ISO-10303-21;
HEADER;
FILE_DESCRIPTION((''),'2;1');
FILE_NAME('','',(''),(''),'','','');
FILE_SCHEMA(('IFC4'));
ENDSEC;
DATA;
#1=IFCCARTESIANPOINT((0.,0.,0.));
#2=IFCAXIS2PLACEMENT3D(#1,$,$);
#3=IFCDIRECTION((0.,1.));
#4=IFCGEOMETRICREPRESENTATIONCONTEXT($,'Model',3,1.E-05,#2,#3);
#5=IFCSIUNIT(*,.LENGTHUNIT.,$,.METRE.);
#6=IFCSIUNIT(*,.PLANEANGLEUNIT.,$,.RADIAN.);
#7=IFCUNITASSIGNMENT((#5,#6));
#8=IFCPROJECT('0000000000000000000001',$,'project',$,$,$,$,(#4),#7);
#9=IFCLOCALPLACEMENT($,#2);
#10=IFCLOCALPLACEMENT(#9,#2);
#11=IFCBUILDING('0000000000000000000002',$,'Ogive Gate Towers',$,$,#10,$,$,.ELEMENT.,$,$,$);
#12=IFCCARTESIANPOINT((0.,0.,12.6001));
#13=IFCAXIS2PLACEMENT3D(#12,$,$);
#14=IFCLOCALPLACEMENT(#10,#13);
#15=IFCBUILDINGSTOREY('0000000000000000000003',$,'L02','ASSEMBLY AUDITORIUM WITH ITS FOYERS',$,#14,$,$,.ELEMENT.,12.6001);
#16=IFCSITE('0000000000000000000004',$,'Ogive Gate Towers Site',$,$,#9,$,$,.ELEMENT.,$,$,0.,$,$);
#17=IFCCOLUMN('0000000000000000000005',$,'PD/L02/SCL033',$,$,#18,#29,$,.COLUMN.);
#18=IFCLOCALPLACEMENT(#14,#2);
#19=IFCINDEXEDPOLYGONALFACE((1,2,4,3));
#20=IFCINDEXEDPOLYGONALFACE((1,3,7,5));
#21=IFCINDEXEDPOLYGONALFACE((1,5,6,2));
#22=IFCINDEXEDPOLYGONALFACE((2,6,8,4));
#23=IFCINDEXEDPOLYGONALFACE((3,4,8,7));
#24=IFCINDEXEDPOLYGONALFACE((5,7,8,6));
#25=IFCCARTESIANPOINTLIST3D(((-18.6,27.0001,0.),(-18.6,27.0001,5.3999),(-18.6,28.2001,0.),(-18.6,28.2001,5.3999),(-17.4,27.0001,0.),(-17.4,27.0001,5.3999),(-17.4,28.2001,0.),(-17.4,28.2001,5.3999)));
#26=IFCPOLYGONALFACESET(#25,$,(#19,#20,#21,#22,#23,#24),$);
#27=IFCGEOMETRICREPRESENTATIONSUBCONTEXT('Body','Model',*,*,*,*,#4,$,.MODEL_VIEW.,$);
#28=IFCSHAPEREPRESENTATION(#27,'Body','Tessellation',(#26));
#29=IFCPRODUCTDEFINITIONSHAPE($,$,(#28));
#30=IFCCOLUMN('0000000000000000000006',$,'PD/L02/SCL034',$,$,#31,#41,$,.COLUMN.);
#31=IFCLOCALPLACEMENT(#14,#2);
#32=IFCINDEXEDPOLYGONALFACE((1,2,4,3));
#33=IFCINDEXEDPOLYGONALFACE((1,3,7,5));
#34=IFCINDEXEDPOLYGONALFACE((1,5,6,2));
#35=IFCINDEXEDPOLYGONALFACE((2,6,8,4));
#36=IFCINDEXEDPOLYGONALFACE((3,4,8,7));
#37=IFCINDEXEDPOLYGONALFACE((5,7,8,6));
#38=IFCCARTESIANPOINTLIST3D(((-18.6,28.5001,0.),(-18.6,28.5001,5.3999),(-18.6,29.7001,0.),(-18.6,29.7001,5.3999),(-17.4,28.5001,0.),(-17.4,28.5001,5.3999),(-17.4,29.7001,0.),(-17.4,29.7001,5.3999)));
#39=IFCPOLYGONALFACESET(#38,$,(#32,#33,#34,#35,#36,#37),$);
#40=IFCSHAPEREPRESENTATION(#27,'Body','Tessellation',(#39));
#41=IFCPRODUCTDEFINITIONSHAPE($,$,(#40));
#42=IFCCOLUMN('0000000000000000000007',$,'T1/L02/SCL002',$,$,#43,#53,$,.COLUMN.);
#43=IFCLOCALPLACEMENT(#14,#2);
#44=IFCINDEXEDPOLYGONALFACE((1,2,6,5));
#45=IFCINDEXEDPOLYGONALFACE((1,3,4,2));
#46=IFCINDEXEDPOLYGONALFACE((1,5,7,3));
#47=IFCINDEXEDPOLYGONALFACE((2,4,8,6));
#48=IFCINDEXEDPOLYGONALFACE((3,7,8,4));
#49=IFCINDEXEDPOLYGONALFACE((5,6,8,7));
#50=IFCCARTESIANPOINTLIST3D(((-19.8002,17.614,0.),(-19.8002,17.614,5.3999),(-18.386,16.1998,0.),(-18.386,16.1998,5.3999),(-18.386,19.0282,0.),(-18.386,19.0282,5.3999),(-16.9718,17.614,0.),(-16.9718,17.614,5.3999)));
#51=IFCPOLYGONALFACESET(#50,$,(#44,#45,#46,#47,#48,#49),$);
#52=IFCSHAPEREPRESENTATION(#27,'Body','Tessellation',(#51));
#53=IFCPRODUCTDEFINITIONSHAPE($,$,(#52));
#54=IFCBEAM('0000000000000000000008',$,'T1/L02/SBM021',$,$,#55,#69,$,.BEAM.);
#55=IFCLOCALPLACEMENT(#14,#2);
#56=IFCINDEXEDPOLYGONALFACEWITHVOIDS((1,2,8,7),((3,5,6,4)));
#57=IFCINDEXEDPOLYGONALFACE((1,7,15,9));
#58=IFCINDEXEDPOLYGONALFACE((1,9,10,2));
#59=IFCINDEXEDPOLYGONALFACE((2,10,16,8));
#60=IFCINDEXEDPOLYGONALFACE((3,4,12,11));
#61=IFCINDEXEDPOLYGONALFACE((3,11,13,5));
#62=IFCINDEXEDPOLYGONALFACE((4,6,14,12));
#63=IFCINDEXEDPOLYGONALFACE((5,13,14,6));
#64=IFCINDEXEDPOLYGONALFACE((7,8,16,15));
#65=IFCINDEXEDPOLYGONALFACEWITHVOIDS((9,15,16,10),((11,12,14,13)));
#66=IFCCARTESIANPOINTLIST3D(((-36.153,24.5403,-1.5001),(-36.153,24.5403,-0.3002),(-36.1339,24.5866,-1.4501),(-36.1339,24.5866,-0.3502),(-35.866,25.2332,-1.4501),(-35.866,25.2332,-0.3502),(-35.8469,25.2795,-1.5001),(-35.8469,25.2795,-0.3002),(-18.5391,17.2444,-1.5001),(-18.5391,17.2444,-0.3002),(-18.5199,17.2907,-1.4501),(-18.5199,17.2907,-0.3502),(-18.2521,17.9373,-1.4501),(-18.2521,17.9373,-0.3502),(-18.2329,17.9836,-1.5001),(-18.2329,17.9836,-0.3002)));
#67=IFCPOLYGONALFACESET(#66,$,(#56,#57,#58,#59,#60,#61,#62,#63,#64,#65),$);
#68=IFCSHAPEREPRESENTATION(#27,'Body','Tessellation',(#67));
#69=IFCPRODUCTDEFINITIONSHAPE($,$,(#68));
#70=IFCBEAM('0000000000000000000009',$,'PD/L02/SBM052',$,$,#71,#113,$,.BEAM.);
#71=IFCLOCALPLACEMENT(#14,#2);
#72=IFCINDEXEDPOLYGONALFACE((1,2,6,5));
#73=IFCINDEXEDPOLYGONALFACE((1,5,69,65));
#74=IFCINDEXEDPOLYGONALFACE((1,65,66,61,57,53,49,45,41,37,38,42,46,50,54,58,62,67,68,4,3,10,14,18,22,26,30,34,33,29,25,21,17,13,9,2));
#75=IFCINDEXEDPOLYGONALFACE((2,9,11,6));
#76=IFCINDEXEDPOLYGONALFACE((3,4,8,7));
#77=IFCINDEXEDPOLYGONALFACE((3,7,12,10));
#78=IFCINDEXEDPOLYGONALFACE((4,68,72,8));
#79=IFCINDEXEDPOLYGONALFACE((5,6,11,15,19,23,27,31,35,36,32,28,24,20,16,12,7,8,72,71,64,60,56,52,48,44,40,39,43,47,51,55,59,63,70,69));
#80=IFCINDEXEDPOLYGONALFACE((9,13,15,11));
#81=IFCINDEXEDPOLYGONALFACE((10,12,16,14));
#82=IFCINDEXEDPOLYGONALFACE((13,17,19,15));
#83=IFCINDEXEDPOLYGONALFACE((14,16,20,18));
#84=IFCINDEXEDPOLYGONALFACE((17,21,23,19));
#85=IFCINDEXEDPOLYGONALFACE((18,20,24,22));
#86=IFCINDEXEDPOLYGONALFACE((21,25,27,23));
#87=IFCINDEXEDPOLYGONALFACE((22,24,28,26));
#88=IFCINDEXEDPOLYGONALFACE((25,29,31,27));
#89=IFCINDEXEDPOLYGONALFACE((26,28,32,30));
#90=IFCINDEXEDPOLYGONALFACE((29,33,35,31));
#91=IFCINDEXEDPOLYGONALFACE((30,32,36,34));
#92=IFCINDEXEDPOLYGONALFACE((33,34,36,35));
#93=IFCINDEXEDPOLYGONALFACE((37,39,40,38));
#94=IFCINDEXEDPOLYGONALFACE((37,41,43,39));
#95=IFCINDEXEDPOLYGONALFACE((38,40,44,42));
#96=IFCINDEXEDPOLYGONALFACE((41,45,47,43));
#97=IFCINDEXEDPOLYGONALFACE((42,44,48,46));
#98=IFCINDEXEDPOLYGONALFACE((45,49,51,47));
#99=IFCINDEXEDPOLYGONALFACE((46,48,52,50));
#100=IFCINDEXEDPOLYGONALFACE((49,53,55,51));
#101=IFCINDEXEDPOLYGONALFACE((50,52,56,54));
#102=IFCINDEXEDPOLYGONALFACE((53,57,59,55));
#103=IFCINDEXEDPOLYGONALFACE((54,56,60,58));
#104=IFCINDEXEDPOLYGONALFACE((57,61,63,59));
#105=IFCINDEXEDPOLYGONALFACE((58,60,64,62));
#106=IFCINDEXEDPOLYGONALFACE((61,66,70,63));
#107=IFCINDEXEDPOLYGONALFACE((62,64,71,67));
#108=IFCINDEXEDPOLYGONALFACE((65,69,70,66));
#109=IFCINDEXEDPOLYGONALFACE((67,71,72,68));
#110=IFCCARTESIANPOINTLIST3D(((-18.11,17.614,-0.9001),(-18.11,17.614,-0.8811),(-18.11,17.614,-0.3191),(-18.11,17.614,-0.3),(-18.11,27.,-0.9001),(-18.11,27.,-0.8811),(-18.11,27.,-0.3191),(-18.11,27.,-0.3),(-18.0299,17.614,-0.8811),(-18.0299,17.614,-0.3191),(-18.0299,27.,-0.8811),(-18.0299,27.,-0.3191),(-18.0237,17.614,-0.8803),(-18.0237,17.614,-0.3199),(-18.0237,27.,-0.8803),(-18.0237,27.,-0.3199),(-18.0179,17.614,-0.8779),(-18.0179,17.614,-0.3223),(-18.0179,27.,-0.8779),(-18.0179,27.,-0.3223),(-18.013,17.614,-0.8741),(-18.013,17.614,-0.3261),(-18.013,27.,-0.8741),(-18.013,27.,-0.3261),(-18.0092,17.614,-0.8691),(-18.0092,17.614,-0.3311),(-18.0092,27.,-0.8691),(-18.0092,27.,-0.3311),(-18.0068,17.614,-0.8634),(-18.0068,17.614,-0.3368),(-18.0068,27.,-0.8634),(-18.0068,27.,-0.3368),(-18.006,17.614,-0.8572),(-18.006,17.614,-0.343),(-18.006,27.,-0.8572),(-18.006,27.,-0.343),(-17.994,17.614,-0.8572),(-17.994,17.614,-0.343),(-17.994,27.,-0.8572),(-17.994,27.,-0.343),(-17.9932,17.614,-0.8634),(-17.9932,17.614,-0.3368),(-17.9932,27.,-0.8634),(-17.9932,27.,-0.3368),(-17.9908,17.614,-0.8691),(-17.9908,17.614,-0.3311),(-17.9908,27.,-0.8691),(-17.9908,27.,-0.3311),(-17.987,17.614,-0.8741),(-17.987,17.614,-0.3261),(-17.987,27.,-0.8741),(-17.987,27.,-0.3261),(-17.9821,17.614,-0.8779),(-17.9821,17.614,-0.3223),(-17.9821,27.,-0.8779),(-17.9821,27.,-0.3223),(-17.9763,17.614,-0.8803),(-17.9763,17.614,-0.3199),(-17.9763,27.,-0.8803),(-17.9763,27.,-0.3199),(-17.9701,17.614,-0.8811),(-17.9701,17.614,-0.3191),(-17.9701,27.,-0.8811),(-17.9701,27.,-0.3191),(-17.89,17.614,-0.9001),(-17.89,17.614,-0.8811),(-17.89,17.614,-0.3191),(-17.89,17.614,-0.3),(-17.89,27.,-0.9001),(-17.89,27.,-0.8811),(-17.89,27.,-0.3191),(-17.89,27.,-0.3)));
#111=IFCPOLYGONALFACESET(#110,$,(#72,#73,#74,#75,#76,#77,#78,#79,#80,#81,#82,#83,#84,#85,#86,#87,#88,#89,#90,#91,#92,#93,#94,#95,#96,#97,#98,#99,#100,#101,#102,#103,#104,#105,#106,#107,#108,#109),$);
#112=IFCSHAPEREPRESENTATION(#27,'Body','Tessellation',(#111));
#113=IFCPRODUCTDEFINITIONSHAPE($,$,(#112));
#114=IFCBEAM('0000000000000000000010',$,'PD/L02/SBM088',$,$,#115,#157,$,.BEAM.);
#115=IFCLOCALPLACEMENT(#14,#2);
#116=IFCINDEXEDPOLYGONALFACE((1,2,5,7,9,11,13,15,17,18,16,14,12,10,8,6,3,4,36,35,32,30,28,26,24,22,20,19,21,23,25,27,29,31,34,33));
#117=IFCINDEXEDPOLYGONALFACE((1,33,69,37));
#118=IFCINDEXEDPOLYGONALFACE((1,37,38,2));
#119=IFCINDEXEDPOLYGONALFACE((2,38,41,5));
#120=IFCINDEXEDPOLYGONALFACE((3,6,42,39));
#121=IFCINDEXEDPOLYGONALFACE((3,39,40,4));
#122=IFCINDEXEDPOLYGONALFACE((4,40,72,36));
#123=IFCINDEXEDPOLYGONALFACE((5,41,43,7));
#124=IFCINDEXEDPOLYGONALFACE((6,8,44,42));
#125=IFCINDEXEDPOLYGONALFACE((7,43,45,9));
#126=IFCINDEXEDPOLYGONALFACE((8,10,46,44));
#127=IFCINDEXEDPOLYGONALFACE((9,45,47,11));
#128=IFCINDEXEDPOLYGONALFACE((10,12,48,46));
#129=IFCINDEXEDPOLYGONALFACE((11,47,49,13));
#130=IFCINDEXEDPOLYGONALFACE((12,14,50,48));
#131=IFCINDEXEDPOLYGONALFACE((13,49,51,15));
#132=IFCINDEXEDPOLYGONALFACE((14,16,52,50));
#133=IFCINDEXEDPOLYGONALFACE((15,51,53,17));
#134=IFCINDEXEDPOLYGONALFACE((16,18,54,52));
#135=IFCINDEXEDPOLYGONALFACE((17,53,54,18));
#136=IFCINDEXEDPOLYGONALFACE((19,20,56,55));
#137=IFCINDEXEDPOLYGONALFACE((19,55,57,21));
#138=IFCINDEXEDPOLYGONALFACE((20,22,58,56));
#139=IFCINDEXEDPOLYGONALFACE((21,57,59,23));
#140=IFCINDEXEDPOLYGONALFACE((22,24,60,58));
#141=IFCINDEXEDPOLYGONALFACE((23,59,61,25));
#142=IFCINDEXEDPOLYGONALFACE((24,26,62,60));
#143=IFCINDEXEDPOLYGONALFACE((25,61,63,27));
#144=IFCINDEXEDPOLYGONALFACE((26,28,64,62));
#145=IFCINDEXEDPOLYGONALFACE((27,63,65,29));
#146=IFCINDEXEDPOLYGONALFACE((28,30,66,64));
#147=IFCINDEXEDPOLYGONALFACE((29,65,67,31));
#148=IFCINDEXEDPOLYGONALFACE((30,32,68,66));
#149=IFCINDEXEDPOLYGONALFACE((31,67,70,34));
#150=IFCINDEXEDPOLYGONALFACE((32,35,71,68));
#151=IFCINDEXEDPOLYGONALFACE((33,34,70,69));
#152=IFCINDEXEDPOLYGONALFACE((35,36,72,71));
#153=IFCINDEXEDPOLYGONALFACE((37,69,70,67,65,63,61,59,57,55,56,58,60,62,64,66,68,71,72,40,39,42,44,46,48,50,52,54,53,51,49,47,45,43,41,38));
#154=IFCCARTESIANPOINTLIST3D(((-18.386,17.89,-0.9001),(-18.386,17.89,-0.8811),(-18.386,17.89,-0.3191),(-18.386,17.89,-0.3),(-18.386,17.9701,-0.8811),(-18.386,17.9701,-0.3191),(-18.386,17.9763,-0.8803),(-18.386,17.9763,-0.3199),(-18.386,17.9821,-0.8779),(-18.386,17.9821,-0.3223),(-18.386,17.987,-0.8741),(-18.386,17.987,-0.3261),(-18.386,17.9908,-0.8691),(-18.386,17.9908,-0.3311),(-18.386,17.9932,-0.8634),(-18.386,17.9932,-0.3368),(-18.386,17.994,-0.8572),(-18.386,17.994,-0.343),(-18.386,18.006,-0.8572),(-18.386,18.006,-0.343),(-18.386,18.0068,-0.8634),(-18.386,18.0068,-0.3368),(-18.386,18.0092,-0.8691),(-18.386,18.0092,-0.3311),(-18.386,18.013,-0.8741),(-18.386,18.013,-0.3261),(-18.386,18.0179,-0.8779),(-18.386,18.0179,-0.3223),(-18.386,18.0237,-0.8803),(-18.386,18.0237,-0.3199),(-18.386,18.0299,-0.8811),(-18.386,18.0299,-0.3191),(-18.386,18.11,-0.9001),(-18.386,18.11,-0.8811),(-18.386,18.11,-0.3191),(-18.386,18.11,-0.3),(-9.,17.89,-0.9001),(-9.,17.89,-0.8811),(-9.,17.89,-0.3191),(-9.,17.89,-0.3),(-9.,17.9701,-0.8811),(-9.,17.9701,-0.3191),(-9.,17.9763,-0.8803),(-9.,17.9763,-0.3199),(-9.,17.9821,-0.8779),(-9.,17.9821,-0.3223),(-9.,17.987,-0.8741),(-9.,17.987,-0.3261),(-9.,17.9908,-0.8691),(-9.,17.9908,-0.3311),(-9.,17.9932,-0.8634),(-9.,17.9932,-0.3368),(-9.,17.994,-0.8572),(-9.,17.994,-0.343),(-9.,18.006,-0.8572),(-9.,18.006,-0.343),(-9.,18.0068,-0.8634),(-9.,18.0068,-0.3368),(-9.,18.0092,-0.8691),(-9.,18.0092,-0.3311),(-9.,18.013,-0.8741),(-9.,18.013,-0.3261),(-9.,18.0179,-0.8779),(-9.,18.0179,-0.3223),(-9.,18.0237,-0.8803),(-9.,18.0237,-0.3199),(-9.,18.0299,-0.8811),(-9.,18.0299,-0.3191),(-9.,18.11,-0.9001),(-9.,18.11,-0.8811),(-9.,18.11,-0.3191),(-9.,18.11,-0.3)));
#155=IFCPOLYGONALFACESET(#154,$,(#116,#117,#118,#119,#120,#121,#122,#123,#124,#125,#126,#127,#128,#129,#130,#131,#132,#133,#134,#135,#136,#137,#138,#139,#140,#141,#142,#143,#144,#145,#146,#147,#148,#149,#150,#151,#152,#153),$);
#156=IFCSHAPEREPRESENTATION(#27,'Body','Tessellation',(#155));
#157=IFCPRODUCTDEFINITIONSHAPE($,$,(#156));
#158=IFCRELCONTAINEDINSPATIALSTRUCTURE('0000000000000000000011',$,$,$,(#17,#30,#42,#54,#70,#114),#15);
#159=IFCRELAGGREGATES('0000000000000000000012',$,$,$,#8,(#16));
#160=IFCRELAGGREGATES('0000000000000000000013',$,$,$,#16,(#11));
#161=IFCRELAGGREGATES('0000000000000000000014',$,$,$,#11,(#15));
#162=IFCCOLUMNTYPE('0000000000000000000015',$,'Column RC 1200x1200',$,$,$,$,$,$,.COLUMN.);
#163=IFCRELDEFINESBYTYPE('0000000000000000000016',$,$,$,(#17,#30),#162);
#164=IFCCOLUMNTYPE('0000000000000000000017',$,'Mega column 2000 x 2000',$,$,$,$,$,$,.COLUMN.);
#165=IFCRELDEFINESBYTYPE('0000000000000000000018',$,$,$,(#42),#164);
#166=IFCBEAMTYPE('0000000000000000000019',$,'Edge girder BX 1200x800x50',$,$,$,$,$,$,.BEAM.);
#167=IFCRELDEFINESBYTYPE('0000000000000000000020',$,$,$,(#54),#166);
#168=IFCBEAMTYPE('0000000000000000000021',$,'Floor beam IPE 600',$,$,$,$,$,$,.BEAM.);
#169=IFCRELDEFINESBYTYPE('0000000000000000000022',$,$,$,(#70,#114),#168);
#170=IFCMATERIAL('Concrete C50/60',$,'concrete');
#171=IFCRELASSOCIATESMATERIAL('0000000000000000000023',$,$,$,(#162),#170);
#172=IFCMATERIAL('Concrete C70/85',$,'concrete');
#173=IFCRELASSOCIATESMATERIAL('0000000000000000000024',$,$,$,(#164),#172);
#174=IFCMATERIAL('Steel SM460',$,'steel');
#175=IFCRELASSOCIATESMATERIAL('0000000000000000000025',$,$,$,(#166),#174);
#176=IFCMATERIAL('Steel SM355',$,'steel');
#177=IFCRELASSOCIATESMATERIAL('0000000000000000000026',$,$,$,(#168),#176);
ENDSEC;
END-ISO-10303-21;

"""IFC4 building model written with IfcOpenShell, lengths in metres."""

from ifc_helpers import new_model, si_unit, direction, frame, origin, origin_2d, place, context, subcontext, project, spatial, rectangle, hollow_rectangle, i_section, extrude, material, material_profile, profile_set, type_object, element, save


model = new_model("IFC4")

# Units and contexts
model_context = context("Model", 3, precision=1e-05, world=origin(), true_north=direction((0.0, 1.0)))
body_context = subcontext(model_context, "Body", "Model", "MODEL_VIEW")
ifc_project = project(units=[si_unit("LENGTHUNIT", "METRE"), si_unit("PLANEANGLEUNIT", "RADIAN")], contexts=[model_context])

# Site, building, storey
site_placement = place(None, origin())
site = spatial("IfcSite", under=ifc_project, at=site_placement, Name="Ogive Gate Towers Site", CompositionType="ELEMENT", RefElevation=0.0)
building_placement = place(site_placement, origin())
building = spatial("IfcBuilding", under=site, at=building_placement, Name="Ogive Gate Towers", CompositionType="ELEMENT")
storey_placement = place(building_placement, frame((0.0, 0.0, 12.6001)))
storey = spatial("IfcBuildingStorey", under=building, at=storey_placement, Name="L02", Description="ASSEMBLY AUDITORIUM WITH ITS FOYERS", CompositionType="ELEMENT", Elevation=12.6001)

# Columns
ifc_material_1 = material(Name="Concrete C50/60", Category="concrete")
ifc_material_profile_1 = material_profile(ifc_material_1, rectangle(XDim=1.2, YDim=1.2, at=origin_2d()), Name="RC 1200x1200")
ifc_profile_set_1 = profile_set([ifc_material_profile_1], Name="Concrete C50/60")
column_type_1 = type_object("IfcColumnType", Name="Column RC 1200x1200", PredefinedType="COLUMN", material=ifc_profile_set_1)
for number, where, z_axis, x_axis, name in (
    (1, (-18.0, 27.6001, 0.0), (0.0, 0.0, 1.0), (1.0, 0.0, 0.0), "PD/L02/SCL033"),
    (2, (-18.0, 29.1001, 0.0), (0.0, 0.0, 1.0), (1.0, 0.0, 0.0), "PD/L02/SCL034"),
):
    element("IfcColumn", number, at=place(storey_placement, frame(where, z_axis=z_axis, x_axis=x_axis)), inside=storey, type_object=column_type_1, Name=name, PredefinedType="COLUMN", context=body_context, shape_type="SweptSolid", body=[
        extrude(rectangle(XDim=1.2, YDim=1.2, at=origin_2d()), origin(), (0.0, 0.0, 1.0), 5.3999),
    ])
ifc_material_2 = material(Name="Concrete C70/85", Category="concrete")
ifc_material_profile_2 = material_profile(ifc_material_2, rectangle(XDim=2.0, YDim=2.0, at=origin_2d()), Name="RC 2000x2000")
ifc_profile_set_2 = profile_set([ifc_material_profile_2], Name="Concrete C70/85")
column_type_2 = type_object("IfcColumnType", Name="Mega column 2000 x 2000", PredefinedType="COLUMN", material=ifc_profile_set_2)
column_placement = place(storey_placement, frame((-18.386, 17.614, 0.0), z_axis=(0.0, 0.0, 1.0), x_axis=(0.707107, 0.707107, 0.0)))
element("IfcColumn", 3, at=column_placement, inside=storey, type_object=column_type_2, Name="T1/L02/SCL002", PredefinedType="COLUMN", context=body_context, shape_type="SweptSolid", body=[
    extrude(rectangle(XDim=2.0, YDim=2.0, at=origin_2d()), origin(), (0.0, 0.0, 1.0), 5.3999),
])

# Beams
ifc_material_3 = material(Name="Steel SM460", Category="steel")
ifc_material_profile_3 = material_profile(ifc_material_3, hollow_rectangle(XDim=0.8, YDim=1.2, WallThickness=0.05, at=origin_2d()), Name="BX 1200x800x50")
ifc_profile_set_3 = profile_set([ifc_material_profile_3], Name="Steel SM460")
beam_type_1 = type_object("IfcBeamType", Name="Edge girder BX 1200x800x50", PredefinedType="BEAM", material=ifc_profile_set_3)
beam_1_placement = place(storey_placement, frame((-18.386, 17.614, -0.9001), z_axis=(-0.923881, 0.382681, 0.0), x_axis=(-0.382681, -0.923881, 0.0)))
element("IfcBeam", 4, at=beam_1_placement, inside=storey, type_object=beam_type_1, Name="T1/L02/SBM021", PredefinedType="BEAM", context=body_context, shape_type="SweptSolid", body=[
    extrude(hollow_rectangle(XDim=0.8, YDim=1.2, WallThickness=0.05, at=origin_2d()), origin(), (0.0, 0.0, 1.0), 19.0652),
])
ifc_material_4 = material(Name="Steel SM355", Category="steel")
ifc_material_profile_4 = material_profile(ifc_material_4, i_section(OverallWidth=0.22, OverallDepth=0.6001, WebThickness=0.012, FlangeThickness=0.019, FilletRadius=0.0239, at=origin_2d()), Name="IPE 600")
ifc_profile_set_4 = profile_set([ifc_material_profile_4], Name="Steel SM355")
beam_type_2 = type_object("IfcBeamType", Name="Floor beam IPE 600", PredefinedType="BEAM", material=ifc_profile_set_4)
for number, where, z_axis, x_axis, name in (
    (5, (-18.0, 17.614, -0.6001), (0.0, 1.0, 0.0), (-1.0, 0.0, 0.0), "PD/L02/SBM052"),
    (6, (-18.386, 18.0, -0.6001), (1.0, 0.0, 0.0), (0.0, 1.0, 0.0), "PD/L02/SBM088"),
):
    element("IfcBeam", number, at=place(storey_placement, frame(where, z_axis=z_axis, x_axis=x_axis)), inside=storey, type_object=beam_type_2, Name=name, PredefinedType="BEAM", context=body_context, shape_type="SweptSolid", body=[
        extrude(i_section(OverallWidth=0.22, OverallDepth=0.6001, WebThickness=0.012, FlangeThickness=0.019, FilletRadius=0.0239, at=origin_2d()), origin(), (0.0, 0.0, 1.0), 9.386),
    ])

save(model, "model.ifc")
